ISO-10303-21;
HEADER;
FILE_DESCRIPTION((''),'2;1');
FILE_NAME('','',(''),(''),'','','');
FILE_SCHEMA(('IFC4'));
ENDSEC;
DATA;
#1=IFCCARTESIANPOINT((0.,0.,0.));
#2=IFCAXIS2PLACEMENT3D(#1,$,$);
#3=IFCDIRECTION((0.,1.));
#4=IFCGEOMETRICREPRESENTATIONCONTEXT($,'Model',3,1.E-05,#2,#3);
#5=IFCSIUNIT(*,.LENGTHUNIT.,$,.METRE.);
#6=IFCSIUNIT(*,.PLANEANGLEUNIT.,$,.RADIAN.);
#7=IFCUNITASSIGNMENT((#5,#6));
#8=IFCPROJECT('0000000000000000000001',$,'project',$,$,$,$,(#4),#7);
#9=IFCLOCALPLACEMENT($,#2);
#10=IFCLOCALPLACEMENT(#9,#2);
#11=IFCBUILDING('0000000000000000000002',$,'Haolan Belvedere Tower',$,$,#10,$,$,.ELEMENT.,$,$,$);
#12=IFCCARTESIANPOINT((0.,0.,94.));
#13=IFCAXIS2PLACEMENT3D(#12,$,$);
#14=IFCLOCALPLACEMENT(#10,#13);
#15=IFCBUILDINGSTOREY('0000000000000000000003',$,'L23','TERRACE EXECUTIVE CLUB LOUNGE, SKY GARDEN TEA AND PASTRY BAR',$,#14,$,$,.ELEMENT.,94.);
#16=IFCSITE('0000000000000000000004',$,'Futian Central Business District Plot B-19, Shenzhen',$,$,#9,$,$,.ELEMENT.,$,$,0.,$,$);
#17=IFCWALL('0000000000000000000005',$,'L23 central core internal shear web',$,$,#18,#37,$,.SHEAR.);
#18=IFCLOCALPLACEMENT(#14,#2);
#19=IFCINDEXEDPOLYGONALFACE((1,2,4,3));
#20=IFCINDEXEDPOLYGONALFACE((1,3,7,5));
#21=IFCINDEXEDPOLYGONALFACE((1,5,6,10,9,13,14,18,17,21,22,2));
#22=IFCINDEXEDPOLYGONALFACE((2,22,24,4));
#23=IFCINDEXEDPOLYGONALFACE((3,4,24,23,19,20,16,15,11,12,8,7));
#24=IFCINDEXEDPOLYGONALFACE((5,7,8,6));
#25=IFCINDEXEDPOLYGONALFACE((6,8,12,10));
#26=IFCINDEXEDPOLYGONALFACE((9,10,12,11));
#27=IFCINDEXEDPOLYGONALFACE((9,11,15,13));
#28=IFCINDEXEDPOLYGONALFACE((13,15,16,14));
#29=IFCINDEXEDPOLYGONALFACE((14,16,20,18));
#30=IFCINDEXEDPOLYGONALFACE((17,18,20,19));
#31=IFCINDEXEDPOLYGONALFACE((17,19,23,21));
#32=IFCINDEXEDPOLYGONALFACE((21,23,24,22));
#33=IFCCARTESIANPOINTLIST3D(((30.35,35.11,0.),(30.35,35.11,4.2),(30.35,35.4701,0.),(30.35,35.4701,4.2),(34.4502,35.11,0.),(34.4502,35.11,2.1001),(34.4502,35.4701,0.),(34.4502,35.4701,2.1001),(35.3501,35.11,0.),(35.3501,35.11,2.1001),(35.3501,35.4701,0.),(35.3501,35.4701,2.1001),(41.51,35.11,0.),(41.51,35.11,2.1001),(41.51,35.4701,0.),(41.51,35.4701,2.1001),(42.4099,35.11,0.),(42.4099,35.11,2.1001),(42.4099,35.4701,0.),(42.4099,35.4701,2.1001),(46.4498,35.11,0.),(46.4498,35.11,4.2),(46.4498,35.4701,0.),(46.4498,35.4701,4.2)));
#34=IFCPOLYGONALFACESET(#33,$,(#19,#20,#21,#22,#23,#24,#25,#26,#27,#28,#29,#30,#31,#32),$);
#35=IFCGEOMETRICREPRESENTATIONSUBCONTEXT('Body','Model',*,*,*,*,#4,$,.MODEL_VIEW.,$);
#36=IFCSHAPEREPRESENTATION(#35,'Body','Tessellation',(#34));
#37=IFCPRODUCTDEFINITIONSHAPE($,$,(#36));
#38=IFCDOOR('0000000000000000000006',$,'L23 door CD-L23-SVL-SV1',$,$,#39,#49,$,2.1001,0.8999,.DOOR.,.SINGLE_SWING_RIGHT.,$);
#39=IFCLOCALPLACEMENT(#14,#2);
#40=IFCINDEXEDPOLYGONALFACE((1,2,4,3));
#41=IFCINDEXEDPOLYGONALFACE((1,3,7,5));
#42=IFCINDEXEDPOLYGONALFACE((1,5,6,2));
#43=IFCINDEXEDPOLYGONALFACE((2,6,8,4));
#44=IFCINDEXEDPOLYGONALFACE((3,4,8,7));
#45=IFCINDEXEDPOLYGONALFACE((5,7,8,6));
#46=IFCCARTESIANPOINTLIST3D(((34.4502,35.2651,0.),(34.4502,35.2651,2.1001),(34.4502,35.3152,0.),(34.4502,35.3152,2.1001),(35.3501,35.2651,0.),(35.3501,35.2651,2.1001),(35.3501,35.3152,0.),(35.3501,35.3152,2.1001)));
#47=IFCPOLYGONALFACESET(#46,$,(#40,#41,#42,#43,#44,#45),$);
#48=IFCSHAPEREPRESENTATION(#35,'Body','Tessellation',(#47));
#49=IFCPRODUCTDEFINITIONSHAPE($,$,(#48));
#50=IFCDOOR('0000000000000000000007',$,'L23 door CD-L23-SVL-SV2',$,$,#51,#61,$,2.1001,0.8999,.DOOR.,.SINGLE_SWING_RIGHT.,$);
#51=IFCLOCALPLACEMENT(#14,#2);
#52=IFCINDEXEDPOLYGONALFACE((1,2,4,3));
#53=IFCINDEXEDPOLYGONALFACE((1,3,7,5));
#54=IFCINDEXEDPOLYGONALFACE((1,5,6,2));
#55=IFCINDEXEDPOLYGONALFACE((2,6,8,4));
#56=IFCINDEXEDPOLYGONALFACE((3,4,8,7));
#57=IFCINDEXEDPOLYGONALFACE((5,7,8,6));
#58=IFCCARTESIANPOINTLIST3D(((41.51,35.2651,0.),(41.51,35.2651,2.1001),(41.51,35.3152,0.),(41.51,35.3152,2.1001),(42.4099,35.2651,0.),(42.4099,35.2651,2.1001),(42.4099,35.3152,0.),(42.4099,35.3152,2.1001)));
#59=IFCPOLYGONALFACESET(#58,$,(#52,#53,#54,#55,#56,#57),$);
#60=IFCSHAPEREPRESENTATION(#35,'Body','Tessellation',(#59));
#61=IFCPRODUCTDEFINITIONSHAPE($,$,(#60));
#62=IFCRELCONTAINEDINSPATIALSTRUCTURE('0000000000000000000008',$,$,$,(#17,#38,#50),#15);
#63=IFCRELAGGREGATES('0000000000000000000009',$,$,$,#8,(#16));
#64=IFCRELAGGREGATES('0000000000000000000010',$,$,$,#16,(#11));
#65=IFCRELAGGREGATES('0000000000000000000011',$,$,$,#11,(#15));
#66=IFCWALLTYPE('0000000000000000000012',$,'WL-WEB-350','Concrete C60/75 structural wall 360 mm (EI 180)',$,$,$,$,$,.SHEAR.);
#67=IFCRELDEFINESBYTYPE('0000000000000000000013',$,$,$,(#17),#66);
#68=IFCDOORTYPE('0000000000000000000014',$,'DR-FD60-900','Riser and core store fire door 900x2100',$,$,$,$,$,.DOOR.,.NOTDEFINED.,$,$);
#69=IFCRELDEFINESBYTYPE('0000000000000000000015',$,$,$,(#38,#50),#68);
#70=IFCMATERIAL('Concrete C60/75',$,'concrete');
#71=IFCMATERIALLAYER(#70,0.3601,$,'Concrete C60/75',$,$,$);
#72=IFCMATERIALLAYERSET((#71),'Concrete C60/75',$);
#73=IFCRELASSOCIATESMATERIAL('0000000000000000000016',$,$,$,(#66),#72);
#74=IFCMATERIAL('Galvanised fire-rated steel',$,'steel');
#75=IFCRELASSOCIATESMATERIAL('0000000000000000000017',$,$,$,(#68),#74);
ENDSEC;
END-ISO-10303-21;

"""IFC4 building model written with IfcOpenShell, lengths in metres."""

from ifc_helpers import new_model, si_unit, direction, frame, frame_2d, origin, place, context, subcontext, project, spatial, rectangle, extrude, material, layer, layer_set, type_object, element, fill, save


model = new_model("IFC4")

# Units and contexts
model_context = context("Model", 3, precision=1e-05, world=origin(), true_north=direction((0.0, 1.0)))
body_context = subcontext(model_context, "Body", "Model", "MODEL_VIEW")
ifc_project = project(units=[si_unit("LENGTHUNIT", "METRE"), si_unit("PLANEANGLEUNIT", "RADIAN")], contexts=[model_context])

# Site, building, storey
site_placement = place(None, origin())
site = spatial("IfcSite", under=ifc_project, at=site_placement, Name="Futian Central Business District Plot B-19, Shenzhen", CompositionType="ELEMENT", RefElevation=0.0)
building_placement = place(site_placement, origin())
building = spatial("IfcBuilding", under=site, at=building_placement, Name="Haolan Belvedere Tower", CompositionType="ELEMENT")
storey_placement = place(building_placement, frame((0.0, 0.0, 94.0)))
storey = spatial("IfcBuildingStorey", under=building, at=storey_placement, Name="L23", Description="TERRACE EXECUTIVE CLUB LOUNGE, SKY GARDEN TEA AND PASTRY BAR", CompositionType="ELEMENT", Elevation=94.0)

# Shared definitions
ifc_material_1 = material(Name="Concrete C60/75", Category="concrete")

# Wall, openings, doors
ifc_layer_1 = layer(ifc_material_1, 0.3601, Name="Concrete C60/75")
ifc_layer_set_1 = layer_set([ifc_layer_1], Name="Concrete C60/75")
wall_type_1 = type_object("IfcWallType", Name="WL-WEB-350", Description="Concrete C60/75 structural wall 360 mm (EI 180)", PredefinedType="SHEAR", material=ifc_layer_set_1)
wall_1_placement = place(storey_placement, frame((30.3501, 35.29, 0.0), z_axis=(0.0, 0.0, 1.0), x_axis=(1.0, 0.0, 0.0)))
wall_1 = element("IfcWall", 1, at=wall_1_placement, inside=storey, type_object=wall_type_1, Name="L23 central core internal shear web", PredefinedType="SHEAR", context=body_context, shape_type="SweptSolid", body=[
    extrude(rectangle(XDim=16.0999, YDim=0.3601, at=frame_2d((8.0498, 0.0))), origin(), (0.0, 0.0, 1.0), 4.2),
])
opening_1_placement = place(wall_1_placement, frame((5.0, 0.0, 0.0), z_axis=(0.0, 0.0, 1.0), x_axis=(-1.0, 0.0, 0.0)))
opening_1 = element("IfcOpeningElement", 2, at=opening_1_placement, cuts=wall_1, PredefinedType="OPENING", context=body_context, shape_type="SweptSolid", body=[
    extrude(rectangle(XDim=0.8999, YDim=2.1001, at=frame_2d((0.45, 1.05))), frame((0.0, 0.1899, 0.0), z_axis=(0.0, -1.0, 0.0), x_axis=(1.0, 0.0, 0.0)), (0.0, 0.0, 1.0), 0.3801),
])
opening_2_placement = place(wall_1_placement, frame((12.0598, 0.0, 0.0), z_axis=(0.0, 0.0, 1.0), x_axis=(-1.0, 0.0, 0.0)))
opening_2 = element("IfcOpeningElement", 3, at=opening_2_placement, cuts=wall_1, PredefinedType="OPENING", context=body_context, shape_type="SweptSolid", body=[
    extrude(rectangle(XDim=0.8999, YDim=2.1001, at=frame_2d((0.45, 1.05))), frame((0.0, 0.1899, 0.0), z_axis=(0.0, -1.0, 0.0), x_axis=(1.0, 0.0, 0.0)), (0.0, 0.0, 1.0), 0.3801),
])
ifc_material_2 = material(Name="Galvanised fire-rated steel", Category="steel")
door_type_1 = type_object("IfcDoorType", Name="DR-FD60-900", Description="Riser and core store fire door 900x2100", OperationType="NOTDEFINED", PredefinedType="DOOR", material=ifc_material_2)
door_1_placement = place(opening_1_placement, origin())
door_1 = element("IfcDoor", 4, at=door_1_placement, inside=storey, type_object=door_type_1, Name="L23 door CD-L23-SVL-SV1", OperationType="SINGLE_SWING_RIGHT", OverallHeight=2.1001, OverallWidth=0.8999, PredefinedType="DOOR", context=body_context, shape_type="SweptSolid", body=[
    extrude(rectangle(XDim=0.8999, YDim=2.1001, at=frame_2d((0.45, 1.05))), frame((0.0, 0.0249, 0.0), z_axis=(0.0, -1.0, 0.0), x_axis=(1.0, 0.0, 0.0)), (0.0, 0.0, 1.0), 0.05),
])
fill(opening_1, door_1)
door_2_placement = place(opening_2_placement, origin())
door_2 = element("IfcDoor", 5, at=door_2_placement, inside=storey, type_object=door_type_1, Name="L23 door CD-L23-SVL-SV2", OperationType="SINGLE_SWING_RIGHT", OverallHeight=2.1001, OverallWidth=0.8999, PredefinedType="DOOR", context=body_context, shape_type="SweptSolid", body=[
    extrude(rectangle(XDim=0.8999, YDim=2.1001, at=frame_2d((0.45, 1.05))), frame((0.0, 0.0249, 0.0), z_axis=(0.0, -1.0, 0.0), x_axis=(1.0, 0.0, 0.0)), (0.0, 0.0, 1.0), 0.05),
])
fill(opening_2, door_2)

save(model, "model.ifc")
